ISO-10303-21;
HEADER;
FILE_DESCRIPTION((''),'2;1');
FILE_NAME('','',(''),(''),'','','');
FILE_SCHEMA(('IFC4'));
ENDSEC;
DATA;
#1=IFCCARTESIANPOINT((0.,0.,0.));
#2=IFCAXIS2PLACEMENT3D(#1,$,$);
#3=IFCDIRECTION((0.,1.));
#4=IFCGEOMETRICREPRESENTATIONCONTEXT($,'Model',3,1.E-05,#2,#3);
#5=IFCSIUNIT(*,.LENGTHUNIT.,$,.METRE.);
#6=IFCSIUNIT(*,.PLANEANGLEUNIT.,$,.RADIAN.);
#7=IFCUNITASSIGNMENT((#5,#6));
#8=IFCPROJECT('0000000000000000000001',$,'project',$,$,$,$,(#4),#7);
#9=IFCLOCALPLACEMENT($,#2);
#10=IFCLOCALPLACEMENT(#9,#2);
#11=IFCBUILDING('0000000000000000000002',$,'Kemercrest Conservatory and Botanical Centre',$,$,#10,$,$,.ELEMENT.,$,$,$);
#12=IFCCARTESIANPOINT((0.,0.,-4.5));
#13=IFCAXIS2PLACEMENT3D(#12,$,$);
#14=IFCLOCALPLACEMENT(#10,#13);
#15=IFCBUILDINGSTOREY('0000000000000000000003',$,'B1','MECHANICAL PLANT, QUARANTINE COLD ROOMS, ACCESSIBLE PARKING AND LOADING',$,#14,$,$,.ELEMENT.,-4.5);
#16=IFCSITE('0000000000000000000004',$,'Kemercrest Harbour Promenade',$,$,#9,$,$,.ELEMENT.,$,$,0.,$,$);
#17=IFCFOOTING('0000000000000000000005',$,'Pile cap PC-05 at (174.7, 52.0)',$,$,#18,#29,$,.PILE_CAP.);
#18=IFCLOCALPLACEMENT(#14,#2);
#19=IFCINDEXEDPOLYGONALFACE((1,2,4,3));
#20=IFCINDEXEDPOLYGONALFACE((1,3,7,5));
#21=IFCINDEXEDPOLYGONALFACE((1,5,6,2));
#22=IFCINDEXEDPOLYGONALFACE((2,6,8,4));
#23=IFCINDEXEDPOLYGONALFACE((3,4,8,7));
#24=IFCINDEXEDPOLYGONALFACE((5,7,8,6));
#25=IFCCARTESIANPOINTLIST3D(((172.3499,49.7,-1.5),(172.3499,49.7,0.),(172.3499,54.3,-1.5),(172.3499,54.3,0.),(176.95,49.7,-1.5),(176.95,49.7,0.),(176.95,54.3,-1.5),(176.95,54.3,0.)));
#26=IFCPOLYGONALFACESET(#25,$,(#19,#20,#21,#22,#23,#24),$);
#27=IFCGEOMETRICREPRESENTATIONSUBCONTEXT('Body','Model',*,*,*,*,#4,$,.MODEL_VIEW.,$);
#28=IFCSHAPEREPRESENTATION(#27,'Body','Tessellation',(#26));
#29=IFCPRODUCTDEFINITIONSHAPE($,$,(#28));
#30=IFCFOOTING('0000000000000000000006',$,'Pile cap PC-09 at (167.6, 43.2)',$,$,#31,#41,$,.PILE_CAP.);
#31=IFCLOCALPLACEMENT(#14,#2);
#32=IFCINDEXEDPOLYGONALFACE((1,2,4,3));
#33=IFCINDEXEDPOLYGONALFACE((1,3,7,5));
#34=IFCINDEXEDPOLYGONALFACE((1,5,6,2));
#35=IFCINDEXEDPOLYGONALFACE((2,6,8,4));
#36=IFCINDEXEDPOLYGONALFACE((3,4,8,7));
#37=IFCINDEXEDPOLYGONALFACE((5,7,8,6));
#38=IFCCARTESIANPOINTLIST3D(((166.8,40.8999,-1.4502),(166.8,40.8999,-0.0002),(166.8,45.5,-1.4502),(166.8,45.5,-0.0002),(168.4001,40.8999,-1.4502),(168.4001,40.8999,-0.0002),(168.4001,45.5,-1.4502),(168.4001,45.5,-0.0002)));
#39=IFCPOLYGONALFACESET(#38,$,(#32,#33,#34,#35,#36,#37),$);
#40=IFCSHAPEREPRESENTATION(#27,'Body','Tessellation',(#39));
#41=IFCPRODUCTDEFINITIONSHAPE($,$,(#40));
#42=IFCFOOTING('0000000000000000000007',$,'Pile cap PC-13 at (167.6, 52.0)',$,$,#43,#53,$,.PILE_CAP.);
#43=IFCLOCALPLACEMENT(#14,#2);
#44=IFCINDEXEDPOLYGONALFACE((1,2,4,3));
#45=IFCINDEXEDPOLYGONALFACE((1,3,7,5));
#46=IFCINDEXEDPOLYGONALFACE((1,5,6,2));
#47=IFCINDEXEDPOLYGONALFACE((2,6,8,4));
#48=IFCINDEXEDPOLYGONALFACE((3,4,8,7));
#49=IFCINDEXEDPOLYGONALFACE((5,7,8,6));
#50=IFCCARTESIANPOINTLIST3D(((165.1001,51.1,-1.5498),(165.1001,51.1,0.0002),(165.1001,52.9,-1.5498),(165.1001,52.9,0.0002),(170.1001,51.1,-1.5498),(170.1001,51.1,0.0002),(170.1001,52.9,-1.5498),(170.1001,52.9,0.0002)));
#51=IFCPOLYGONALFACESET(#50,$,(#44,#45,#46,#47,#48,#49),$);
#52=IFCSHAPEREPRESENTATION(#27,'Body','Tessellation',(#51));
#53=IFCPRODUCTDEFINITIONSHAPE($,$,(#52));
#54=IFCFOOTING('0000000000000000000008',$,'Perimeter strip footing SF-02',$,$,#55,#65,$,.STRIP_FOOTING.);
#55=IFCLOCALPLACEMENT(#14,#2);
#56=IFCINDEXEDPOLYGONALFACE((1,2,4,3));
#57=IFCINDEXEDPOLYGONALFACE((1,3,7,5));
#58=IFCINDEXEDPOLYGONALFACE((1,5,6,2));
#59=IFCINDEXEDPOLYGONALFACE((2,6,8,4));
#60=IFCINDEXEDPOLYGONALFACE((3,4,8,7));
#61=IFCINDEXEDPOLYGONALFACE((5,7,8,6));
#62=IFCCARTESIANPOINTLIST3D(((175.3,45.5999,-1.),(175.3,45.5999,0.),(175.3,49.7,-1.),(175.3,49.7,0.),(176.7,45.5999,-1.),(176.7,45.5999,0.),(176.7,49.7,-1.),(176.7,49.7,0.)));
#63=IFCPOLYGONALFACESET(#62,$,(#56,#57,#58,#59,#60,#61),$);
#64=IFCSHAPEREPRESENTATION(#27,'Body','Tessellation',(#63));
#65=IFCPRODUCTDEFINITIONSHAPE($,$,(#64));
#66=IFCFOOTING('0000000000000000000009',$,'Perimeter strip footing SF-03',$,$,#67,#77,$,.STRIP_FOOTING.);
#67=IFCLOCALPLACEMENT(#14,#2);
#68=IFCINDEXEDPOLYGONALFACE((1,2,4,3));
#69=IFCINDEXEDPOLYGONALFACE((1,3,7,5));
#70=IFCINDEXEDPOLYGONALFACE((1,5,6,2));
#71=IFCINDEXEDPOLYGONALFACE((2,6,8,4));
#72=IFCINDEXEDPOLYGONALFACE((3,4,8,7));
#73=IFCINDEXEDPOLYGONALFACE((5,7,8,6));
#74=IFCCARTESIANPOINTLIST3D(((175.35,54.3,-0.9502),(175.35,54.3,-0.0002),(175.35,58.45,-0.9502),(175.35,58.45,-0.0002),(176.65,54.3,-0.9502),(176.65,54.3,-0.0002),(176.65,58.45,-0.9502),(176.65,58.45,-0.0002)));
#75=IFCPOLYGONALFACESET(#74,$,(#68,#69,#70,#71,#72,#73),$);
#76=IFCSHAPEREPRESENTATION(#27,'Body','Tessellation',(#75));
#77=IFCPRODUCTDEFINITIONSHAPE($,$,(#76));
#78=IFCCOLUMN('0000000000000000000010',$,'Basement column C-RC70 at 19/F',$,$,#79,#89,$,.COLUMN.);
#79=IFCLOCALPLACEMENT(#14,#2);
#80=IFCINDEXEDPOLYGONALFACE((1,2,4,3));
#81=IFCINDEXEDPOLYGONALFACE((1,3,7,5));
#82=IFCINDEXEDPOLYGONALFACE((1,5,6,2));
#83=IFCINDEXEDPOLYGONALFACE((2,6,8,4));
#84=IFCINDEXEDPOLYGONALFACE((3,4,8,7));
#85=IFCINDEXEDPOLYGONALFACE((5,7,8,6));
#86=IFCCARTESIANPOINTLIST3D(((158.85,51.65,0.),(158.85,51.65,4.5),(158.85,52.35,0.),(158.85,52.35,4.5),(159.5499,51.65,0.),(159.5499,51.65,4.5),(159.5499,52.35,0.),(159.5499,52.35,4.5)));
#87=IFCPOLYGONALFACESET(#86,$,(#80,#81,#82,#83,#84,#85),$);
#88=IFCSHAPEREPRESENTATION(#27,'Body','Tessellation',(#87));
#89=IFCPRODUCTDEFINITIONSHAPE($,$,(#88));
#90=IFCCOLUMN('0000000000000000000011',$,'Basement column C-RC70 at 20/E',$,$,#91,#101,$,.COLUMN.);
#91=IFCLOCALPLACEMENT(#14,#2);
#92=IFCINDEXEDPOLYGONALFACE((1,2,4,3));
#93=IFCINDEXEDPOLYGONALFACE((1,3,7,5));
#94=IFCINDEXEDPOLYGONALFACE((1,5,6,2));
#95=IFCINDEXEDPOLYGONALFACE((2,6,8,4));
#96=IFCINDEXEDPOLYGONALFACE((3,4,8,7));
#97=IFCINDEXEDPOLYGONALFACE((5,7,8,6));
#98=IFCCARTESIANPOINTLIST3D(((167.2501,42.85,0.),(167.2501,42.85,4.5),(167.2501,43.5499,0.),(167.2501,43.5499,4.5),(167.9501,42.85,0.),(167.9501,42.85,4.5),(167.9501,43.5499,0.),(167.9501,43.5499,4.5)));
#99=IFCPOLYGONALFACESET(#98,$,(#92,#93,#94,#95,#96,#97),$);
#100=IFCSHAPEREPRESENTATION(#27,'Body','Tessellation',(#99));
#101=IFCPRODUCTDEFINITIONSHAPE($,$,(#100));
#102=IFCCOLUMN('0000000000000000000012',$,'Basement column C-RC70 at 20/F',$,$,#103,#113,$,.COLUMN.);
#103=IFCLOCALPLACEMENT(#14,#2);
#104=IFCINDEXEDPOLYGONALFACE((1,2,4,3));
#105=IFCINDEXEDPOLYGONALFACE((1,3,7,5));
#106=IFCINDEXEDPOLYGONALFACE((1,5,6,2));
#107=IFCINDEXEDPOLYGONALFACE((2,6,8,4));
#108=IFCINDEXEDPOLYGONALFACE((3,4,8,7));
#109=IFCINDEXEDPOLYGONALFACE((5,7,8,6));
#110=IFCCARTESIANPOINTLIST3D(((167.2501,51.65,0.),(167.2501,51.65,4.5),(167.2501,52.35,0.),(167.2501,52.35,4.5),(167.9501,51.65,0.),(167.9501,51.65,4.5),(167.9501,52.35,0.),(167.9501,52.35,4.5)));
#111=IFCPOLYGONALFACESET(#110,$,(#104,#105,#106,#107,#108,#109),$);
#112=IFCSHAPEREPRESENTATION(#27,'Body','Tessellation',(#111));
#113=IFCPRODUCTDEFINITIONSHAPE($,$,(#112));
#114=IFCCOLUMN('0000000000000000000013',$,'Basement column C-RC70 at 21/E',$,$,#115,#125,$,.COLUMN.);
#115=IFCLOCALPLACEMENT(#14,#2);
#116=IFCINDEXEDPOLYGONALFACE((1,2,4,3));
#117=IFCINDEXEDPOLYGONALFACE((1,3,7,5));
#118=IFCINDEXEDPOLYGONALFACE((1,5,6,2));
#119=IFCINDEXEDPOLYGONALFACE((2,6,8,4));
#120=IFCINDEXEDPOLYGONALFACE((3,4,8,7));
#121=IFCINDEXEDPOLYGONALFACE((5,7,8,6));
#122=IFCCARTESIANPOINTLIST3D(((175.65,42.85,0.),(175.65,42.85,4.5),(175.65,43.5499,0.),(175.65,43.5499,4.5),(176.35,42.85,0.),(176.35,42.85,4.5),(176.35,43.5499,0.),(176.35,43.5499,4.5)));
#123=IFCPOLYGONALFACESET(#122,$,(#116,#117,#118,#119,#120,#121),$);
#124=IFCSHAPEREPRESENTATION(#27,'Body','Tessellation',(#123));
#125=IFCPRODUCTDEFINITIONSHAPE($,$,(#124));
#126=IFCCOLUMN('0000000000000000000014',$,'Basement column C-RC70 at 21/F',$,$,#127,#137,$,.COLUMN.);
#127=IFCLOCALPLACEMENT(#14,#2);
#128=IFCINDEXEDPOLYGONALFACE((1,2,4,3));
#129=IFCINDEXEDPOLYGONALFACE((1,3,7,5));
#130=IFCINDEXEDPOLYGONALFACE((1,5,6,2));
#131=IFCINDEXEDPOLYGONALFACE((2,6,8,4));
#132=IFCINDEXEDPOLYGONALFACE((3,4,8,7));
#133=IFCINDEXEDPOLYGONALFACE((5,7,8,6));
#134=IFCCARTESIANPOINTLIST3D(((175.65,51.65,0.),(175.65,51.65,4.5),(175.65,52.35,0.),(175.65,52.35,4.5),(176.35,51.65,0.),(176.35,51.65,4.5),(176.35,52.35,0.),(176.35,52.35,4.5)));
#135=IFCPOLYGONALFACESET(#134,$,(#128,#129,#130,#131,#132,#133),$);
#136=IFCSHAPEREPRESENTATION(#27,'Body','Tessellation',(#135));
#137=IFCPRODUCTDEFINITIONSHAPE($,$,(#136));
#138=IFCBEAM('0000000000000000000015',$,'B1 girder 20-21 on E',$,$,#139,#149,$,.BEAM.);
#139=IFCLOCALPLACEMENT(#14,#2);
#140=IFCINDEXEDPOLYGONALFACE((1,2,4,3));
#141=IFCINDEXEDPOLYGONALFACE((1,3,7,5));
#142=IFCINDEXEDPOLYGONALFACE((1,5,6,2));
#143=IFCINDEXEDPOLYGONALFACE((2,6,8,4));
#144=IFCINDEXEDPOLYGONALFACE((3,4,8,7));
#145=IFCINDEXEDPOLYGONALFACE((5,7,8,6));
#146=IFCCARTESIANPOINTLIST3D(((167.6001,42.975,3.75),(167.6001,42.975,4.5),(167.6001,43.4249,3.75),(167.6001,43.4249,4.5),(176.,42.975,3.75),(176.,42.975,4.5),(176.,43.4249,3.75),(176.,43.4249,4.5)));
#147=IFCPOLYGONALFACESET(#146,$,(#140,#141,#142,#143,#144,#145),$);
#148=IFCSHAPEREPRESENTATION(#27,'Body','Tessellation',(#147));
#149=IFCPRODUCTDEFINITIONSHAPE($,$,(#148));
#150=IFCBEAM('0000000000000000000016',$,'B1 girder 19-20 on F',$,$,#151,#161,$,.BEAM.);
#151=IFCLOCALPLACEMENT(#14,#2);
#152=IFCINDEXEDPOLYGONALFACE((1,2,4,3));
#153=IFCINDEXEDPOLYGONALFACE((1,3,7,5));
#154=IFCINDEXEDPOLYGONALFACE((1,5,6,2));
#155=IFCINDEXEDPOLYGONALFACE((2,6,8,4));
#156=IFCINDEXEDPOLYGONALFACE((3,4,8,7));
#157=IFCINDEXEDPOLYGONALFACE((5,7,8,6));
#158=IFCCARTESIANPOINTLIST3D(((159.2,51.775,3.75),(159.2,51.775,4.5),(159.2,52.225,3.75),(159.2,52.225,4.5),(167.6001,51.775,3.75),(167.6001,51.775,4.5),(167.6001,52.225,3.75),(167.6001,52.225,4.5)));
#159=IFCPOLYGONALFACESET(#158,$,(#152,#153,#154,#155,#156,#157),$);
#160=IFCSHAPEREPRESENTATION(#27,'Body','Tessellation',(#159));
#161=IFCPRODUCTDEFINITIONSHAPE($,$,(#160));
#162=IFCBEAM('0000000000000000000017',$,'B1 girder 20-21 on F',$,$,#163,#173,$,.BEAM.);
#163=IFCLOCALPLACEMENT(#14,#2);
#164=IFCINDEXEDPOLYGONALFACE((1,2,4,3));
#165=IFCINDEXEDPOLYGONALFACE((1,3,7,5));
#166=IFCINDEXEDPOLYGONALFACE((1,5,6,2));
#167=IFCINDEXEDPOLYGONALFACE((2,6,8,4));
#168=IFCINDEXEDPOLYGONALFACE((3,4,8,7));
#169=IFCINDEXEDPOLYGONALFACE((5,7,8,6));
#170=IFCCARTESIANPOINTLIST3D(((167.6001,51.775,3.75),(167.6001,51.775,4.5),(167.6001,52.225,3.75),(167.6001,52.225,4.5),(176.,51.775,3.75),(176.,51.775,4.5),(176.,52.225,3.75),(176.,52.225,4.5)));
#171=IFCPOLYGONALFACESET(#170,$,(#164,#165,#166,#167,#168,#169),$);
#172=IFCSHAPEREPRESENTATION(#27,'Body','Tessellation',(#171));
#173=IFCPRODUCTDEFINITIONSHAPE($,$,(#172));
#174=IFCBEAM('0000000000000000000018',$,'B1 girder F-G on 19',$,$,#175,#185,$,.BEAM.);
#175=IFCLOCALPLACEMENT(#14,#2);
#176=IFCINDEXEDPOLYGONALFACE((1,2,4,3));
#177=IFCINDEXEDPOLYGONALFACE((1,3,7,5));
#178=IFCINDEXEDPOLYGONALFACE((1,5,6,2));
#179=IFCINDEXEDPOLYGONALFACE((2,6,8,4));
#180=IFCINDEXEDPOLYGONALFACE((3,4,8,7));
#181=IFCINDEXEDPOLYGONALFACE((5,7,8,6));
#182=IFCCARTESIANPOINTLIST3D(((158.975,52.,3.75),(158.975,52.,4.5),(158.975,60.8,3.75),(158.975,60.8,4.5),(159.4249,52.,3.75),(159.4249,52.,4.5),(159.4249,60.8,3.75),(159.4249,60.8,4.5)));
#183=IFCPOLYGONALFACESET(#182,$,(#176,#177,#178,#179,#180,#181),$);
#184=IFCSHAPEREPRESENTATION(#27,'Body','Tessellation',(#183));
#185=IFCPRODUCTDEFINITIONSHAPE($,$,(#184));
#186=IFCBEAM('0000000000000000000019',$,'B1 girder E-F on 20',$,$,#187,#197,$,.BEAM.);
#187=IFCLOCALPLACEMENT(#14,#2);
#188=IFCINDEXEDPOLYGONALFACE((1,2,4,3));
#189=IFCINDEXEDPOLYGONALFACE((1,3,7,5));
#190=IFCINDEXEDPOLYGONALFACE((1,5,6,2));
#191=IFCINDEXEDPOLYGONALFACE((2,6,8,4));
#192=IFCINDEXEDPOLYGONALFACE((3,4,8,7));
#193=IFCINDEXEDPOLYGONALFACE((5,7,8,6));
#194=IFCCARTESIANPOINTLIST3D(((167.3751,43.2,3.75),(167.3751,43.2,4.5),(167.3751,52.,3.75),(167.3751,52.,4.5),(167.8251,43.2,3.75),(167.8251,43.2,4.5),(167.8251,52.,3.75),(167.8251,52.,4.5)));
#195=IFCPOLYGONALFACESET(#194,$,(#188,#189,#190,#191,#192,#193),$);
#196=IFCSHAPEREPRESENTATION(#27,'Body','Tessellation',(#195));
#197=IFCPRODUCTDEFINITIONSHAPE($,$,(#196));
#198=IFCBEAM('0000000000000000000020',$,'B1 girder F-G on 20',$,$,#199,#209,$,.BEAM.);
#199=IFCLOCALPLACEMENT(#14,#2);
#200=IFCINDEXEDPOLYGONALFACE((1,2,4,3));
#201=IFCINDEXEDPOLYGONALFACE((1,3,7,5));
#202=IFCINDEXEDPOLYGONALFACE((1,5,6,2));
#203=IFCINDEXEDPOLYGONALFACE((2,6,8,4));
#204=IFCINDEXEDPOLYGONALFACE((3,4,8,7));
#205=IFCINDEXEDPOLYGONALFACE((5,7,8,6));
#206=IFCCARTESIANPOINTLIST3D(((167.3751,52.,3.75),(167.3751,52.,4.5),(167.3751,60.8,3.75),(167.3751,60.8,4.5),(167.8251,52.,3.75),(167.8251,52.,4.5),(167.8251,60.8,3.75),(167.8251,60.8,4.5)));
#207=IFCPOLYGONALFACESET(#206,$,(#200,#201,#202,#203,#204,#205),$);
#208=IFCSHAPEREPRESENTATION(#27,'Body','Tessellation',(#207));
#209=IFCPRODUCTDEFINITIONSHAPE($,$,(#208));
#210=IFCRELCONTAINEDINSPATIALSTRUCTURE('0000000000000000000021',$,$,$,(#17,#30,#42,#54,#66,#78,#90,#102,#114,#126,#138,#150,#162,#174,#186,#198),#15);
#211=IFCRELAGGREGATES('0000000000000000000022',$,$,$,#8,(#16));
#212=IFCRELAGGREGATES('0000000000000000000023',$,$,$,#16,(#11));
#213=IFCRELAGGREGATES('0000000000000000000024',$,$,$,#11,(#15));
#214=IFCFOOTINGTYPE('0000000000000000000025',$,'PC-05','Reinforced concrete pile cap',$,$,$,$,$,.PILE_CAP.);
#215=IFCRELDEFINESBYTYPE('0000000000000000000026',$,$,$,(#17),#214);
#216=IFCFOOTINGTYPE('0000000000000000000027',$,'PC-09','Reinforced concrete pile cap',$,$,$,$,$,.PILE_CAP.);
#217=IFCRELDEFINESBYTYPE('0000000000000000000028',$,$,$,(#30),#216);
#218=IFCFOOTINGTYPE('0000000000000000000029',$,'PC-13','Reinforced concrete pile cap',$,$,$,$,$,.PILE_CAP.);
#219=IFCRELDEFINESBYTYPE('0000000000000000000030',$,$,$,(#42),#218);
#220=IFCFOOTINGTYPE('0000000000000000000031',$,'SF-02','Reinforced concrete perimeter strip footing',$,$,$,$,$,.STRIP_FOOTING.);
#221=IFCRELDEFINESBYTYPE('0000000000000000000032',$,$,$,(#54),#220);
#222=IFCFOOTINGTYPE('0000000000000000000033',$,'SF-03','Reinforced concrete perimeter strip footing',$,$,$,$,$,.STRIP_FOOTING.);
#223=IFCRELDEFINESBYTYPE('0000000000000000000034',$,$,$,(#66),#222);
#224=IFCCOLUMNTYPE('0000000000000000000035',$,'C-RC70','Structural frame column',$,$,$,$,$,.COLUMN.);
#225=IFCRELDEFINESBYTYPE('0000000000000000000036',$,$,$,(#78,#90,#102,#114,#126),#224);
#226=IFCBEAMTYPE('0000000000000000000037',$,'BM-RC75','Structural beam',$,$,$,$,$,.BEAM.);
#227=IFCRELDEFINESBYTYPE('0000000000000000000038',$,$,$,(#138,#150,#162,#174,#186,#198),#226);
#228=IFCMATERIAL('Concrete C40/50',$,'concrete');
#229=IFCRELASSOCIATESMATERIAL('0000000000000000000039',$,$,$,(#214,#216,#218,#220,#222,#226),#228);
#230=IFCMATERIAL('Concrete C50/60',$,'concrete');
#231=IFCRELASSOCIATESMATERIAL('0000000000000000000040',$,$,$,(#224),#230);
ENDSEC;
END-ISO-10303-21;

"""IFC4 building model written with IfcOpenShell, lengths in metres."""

from ifc_helpers import new_model, si_unit, direction, frame, origin, origin_2d, place, context, subcontext, project, spatial, rectangle, extrude, material, material_profile, profile_set, type_object, element, save


model = new_model("IFC4")

# Units and contexts
model_context = context("Model", 3, precision=1e-05, world=origin(), true_north=direction((0.0, 1.0)))
body_context = subcontext(model_context, "Body", "Model", "MODEL_VIEW")
ifc_project = project(units=[si_unit("LENGTHUNIT", "METRE"), si_unit("PLANEANGLEUNIT", "RADIAN")], contexts=[model_context])

# Site, building, storey
site_placement = place(None, origin())
site = spatial("IfcSite", under=ifc_project, at=site_placement, Name="Kemercrest Harbour Promenade", CompositionType="ELEMENT", RefElevation=0.0)
building_placement = place(site_placement, origin())
building = spatial("IfcBuilding", under=site, at=building_placement, Name="Kemercrest Conservatory and Botanical Centre", CompositionType="ELEMENT")
storey_placement = place(building_placement, frame((0.0, 0.0, -4.5)))
storey = spatial("IfcBuildingStorey", under=building, at=storey_placement, Name="B1", Description="MECHANICAL PLANT, QUARANTINE COLD ROOMS, ACCESSIBLE PARKING AND LOADING", CompositionType="ELEMENT", Elevation=-4.5)

# Shared definitions
ifc_material_1 = material(Name="Concrete C40/50", Category="concrete")

# Footings
footing_type_1 = type_object("IfcFootingType", Name="PC-05", Description="Reinforced concrete pile cap", PredefinedType="PILE_CAP", material=ifc_material_1)
footing_1_placement = place(storey_placement, frame((174.6499, 52.0, -1.5), z_axis=(0.0, 0.0, 1.0), x_axis=(1.0, 0.0, 0.0)))
element("IfcFooting", 1, at=footing_1_placement, inside=storey, type_object=footing_type_1, Name="Pile cap PC-05 at (174.7, 52.0)", PredefinedType="PILE_CAP", context=body_context, shape_type="SweptSolid", body=[
    extrude(rectangle(XDim=4.6001, YDim=4.6001, at=origin_2d()), origin(), (0.0, 0.0, 1.0), 1.5),
])
footing_type_2 = type_object("IfcFootingType", Name="PC-09", Description="Reinforced concrete pile cap", PredefinedType="PILE_CAP", material=ifc_material_1)
footing_2_placement = place(storey_placement, frame((167.6001, 43.2, -1.4502), z_axis=(0.0, 0.0, 1.0), x_axis=(1.0, 0.0, 0.0)))
element("IfcFooting", 2, at=footing_2_placement, inside=storey, type_object=footing_type_2, Name="Pile cap PC-09 at (167.6, 43.2)", PredefinedType="PILE_CAP", context=body_context, shape_type="SweptSolid", body=[
    extrude(rectangle(XDim=1.6001, YDim=4.6001, at=origin_2d()), origin(), (0.0, 0.0, 1.0), 1.45),
])
footing_type_3 = type_object("IfcFootingType", Name="PC-13", Description="Reinforced concrete pile cap", PredefinedType="PILE_CAP", material=ifc_material_1)
footing_3_placement = place(storey_placement, frame((167.6001, 52.0, -1.5498), z_axis=(0.0, 0.0, 1.0), x_axis=(1.0, 0.0, 0.0)))
element("IfcFooting", 3, at=footing_3_placement, inside=storey, type_object=footing_type_3, Name="Pile cap PC-13 at (167.6, 52.0)", PredefinedType="PILE_CAP", context=body_context, shape_type="SweptSolid", body=[
    extrude(rectangle(XDim=5.0, YDim=1.8, at=origin_2d()), origin(), (0.0, 0.0, 1.0), 1.55),
])
footing_type_4 = type_object("IfcFootingType", Name="SF-02", Description="Reinforced concrete perimeter strip footing", PredefinedType="STRIP_FOOTING", material=ifc_material_1)
footing_4_placement = place(storey_placement, frame((176.0, 47.6499, -1.0), z_axis=(0.0, 0.0, 1.0), x_axis=(1.0, 0.0, 0.0)))
element("IfcFooting", 4, at=footing_4_placement, inside=storey, type_object=footing_type_4, Name="Perimeter strip footing SF-02", PredefinedType="STRIP_FOOTING", context=body_context, shape_type="SweptSolid", body=[
    extrude(rectangle(XDim=1.3999, YDim=4.1001, at=origin_2d()), origin(), (0.0, 0.0, 1.0), 1.0),
])
footing_type_5 = type_object("IfcFootingType", Name="SF-03", Description="Reinforced concrete perimeter strip footing", PredefinedType="STRIP_FOOTING", material=ifc_material_1)
footing_5_placement = place(storey_placement, frame((176.0, 56.375, -0.9502), z_axis=(0.0, 0.0, 1.0), x_axis=(1.0, 0.0, 0.0)))
element("IfcFooting", 5, at=footing_5_placement, inside=storey, type_object=footing_type_5, Name="Perimeter strip footing SF-03", PredefinedType="STRIP_FOOTING", context=body_context, shape_type="SweptSolid", body=[
    extrude(rectangle(XDim=1.3, YDim=4.1499, at=origin_2d()), origin(), (0.0, 0.0, 1.0), 0.95),
])

# Columns
ifc_material_2 = material(Name="Concrete C50/60", Category="concrete")
ifc_material_profile_1 = material_profile(ifc_material_2, rectangle(XDim=0.7, YDim=0.7, at=origin_2d()), Name="RC 700x700")
ifc_profile_set_1 = profile_set([ifc_material_profile_1], Name="Concrete C50/60")
column_type = type_object("IfcColumnType", Name="C-RC70", Description="Structural frame column", PredefinedType="COLUMN", material=ifc_profile_set_1)
for number, where, z_axis, x_axis, name in (
    (6, (159.2, 52.0, 0.0), (0.0, 0.0, 1.0), (1.0, 0.0, 0.0), "Basement column C-RC70 at 19/F"),
    (7, (167.6001, 43.2, 0.0), (0.0, 0.0, 1.0), (1.0, 0.0, 0.0), "Basement column C-RC70 at 20/E"),
    (8, (167.6001, 52.0, 0.0), (0.0, 0.0, 1.0), (1.0, 0.0, 0.0), "Basement column C-RC70 at 20/F"),
    (9, (176.0, 43.2, 0.0), (0.0, 0.0, 1.0), (1.0, 0.0, 0.0), "Basement column C-RC70 at 21/E"),
    (10, (176.0, 52.0, 0.0), (0.0, 0.0, 1.0), (1.0, 0.0, 0.0), "Basement column C-RC70 at 21/F"),
):
    element("IfcColumn", number, at=place(storey_placement, frame(where, z_axis=z_axis, x_axis=x_axis)), inside=storey, type_object=column_type, Name=name, PredefinedType="COLUMN", context=body_context, shape_type="SweptSolid", body=[
        extrude(rectangle(XDim=0.7, YDim=0.7, at=origin_2d()), origin(), (0.0, 0.0, 1.0), 4.5),
    ])

# Beams
ifc_material_profile_2 = material_profile(ifc_material_1, rectangle(XDim=0.45, YDim=0.75, at=origin_2d()), Name="RC 450x750")
ifc_profile_set_2 = profile_set([ifc_material_profile_2], Name="Concrete C40/50")
beam_type = type_object("IfcBeamType", Name="BM-RC75", Description="Structural beam", PredefinedType="BEAM", material=ifc_profile_set_2)
beam_1_placement = place(storey_placement, frame((167.6001, 43.2, 4.125), z_axis=(1.0, 0.0, 0.0), x_axis=(0.0, 1.0, 0.0)))
element("IfcBeam", 11, at=beam_1_placement, inside=storey, type_object=beam_type, Name="B1 girder 20-21 on E", PredefinedType="BEAM", context=body_context, shape_type="SweptSolid", body=[
    extrude(rectangle(XDim=0.45, YDim=0.75, at=origin_2d()), origin(), (0.0, 0.0, 1.0), 8.3999),
])
beam_2_placement = place(storey_placement, frame((159.2, 52.0, 4.125), z_axis=(1.0, 0.0, 0.0), x_axis=(0.0, 1.0, 0.0)))
element("IfcBeam", 12, at=beam_2_placement, inside=storey, type_object=beam_type, Name="B1 girder 19-20 on F", PredefinedType="BEAM", context=body_context, shape_type="SweptSolid", body=[
    extrude(rectangle(XDim=0.45, YDim=0.75, at=origin_2d()), origin(), (0.0, 0.0, 1.0), 8.4001),
])
beam_3_placement = place(storey_placement, frame((167.6001, 52.0, 4.125), z_axis=(1.0, 0.0, 0.0), x_axis=(0.0, 1.0, 0.0)))
element("IfcBeam", 13, at=beam_3_placement, inside=storey, type_object=beam_type, Name="B1 girder 20-21 on F", PredefinedType="BEAM", context=body_context, shape_type="SweptSolid", body=[
    extrude(rectangle(XDim=0.45, YDim=0.75, at=origin_2d()), origin(), (0.0, 0.0, 1.0), 8.3999),
])
for number, where, z_axis, x_axis, name in (
    (14, (159.2, 52.0, 4.125), (0.0, 1.0, 0.0), (-1.0, 0.0, 0.0), "B1 girder F-G on 19"),
    (15, (167.6001, 43.2, 4.125), (0.0, 1.0, 0.0), (-1.0, 0.0, 0.0), "B1 girder E-F on 20"),
    (16, (167.6001, 52.0, 4.125), (0.0, 1.0, 0.0), (-1.0, 0.0, 0.0), "B1 girder F-G on 20"),
):
    element("IfcBeam", number, at=place(storey_placement, frame(where, z_axis=z_axis, x_axis=x_axis)), inside=storey, type_object=beam_type, Name=name, PredefinedType="BEAM", context=body_context, shape_type="SweptSolid", body=[
        extrude(rectangle(XDim=0.45, YDim=0.75, at=origin_2d()), origin(), (0.0, 0.0, 1.0), 8.8),
    ])

save(model, "model.ifc")
